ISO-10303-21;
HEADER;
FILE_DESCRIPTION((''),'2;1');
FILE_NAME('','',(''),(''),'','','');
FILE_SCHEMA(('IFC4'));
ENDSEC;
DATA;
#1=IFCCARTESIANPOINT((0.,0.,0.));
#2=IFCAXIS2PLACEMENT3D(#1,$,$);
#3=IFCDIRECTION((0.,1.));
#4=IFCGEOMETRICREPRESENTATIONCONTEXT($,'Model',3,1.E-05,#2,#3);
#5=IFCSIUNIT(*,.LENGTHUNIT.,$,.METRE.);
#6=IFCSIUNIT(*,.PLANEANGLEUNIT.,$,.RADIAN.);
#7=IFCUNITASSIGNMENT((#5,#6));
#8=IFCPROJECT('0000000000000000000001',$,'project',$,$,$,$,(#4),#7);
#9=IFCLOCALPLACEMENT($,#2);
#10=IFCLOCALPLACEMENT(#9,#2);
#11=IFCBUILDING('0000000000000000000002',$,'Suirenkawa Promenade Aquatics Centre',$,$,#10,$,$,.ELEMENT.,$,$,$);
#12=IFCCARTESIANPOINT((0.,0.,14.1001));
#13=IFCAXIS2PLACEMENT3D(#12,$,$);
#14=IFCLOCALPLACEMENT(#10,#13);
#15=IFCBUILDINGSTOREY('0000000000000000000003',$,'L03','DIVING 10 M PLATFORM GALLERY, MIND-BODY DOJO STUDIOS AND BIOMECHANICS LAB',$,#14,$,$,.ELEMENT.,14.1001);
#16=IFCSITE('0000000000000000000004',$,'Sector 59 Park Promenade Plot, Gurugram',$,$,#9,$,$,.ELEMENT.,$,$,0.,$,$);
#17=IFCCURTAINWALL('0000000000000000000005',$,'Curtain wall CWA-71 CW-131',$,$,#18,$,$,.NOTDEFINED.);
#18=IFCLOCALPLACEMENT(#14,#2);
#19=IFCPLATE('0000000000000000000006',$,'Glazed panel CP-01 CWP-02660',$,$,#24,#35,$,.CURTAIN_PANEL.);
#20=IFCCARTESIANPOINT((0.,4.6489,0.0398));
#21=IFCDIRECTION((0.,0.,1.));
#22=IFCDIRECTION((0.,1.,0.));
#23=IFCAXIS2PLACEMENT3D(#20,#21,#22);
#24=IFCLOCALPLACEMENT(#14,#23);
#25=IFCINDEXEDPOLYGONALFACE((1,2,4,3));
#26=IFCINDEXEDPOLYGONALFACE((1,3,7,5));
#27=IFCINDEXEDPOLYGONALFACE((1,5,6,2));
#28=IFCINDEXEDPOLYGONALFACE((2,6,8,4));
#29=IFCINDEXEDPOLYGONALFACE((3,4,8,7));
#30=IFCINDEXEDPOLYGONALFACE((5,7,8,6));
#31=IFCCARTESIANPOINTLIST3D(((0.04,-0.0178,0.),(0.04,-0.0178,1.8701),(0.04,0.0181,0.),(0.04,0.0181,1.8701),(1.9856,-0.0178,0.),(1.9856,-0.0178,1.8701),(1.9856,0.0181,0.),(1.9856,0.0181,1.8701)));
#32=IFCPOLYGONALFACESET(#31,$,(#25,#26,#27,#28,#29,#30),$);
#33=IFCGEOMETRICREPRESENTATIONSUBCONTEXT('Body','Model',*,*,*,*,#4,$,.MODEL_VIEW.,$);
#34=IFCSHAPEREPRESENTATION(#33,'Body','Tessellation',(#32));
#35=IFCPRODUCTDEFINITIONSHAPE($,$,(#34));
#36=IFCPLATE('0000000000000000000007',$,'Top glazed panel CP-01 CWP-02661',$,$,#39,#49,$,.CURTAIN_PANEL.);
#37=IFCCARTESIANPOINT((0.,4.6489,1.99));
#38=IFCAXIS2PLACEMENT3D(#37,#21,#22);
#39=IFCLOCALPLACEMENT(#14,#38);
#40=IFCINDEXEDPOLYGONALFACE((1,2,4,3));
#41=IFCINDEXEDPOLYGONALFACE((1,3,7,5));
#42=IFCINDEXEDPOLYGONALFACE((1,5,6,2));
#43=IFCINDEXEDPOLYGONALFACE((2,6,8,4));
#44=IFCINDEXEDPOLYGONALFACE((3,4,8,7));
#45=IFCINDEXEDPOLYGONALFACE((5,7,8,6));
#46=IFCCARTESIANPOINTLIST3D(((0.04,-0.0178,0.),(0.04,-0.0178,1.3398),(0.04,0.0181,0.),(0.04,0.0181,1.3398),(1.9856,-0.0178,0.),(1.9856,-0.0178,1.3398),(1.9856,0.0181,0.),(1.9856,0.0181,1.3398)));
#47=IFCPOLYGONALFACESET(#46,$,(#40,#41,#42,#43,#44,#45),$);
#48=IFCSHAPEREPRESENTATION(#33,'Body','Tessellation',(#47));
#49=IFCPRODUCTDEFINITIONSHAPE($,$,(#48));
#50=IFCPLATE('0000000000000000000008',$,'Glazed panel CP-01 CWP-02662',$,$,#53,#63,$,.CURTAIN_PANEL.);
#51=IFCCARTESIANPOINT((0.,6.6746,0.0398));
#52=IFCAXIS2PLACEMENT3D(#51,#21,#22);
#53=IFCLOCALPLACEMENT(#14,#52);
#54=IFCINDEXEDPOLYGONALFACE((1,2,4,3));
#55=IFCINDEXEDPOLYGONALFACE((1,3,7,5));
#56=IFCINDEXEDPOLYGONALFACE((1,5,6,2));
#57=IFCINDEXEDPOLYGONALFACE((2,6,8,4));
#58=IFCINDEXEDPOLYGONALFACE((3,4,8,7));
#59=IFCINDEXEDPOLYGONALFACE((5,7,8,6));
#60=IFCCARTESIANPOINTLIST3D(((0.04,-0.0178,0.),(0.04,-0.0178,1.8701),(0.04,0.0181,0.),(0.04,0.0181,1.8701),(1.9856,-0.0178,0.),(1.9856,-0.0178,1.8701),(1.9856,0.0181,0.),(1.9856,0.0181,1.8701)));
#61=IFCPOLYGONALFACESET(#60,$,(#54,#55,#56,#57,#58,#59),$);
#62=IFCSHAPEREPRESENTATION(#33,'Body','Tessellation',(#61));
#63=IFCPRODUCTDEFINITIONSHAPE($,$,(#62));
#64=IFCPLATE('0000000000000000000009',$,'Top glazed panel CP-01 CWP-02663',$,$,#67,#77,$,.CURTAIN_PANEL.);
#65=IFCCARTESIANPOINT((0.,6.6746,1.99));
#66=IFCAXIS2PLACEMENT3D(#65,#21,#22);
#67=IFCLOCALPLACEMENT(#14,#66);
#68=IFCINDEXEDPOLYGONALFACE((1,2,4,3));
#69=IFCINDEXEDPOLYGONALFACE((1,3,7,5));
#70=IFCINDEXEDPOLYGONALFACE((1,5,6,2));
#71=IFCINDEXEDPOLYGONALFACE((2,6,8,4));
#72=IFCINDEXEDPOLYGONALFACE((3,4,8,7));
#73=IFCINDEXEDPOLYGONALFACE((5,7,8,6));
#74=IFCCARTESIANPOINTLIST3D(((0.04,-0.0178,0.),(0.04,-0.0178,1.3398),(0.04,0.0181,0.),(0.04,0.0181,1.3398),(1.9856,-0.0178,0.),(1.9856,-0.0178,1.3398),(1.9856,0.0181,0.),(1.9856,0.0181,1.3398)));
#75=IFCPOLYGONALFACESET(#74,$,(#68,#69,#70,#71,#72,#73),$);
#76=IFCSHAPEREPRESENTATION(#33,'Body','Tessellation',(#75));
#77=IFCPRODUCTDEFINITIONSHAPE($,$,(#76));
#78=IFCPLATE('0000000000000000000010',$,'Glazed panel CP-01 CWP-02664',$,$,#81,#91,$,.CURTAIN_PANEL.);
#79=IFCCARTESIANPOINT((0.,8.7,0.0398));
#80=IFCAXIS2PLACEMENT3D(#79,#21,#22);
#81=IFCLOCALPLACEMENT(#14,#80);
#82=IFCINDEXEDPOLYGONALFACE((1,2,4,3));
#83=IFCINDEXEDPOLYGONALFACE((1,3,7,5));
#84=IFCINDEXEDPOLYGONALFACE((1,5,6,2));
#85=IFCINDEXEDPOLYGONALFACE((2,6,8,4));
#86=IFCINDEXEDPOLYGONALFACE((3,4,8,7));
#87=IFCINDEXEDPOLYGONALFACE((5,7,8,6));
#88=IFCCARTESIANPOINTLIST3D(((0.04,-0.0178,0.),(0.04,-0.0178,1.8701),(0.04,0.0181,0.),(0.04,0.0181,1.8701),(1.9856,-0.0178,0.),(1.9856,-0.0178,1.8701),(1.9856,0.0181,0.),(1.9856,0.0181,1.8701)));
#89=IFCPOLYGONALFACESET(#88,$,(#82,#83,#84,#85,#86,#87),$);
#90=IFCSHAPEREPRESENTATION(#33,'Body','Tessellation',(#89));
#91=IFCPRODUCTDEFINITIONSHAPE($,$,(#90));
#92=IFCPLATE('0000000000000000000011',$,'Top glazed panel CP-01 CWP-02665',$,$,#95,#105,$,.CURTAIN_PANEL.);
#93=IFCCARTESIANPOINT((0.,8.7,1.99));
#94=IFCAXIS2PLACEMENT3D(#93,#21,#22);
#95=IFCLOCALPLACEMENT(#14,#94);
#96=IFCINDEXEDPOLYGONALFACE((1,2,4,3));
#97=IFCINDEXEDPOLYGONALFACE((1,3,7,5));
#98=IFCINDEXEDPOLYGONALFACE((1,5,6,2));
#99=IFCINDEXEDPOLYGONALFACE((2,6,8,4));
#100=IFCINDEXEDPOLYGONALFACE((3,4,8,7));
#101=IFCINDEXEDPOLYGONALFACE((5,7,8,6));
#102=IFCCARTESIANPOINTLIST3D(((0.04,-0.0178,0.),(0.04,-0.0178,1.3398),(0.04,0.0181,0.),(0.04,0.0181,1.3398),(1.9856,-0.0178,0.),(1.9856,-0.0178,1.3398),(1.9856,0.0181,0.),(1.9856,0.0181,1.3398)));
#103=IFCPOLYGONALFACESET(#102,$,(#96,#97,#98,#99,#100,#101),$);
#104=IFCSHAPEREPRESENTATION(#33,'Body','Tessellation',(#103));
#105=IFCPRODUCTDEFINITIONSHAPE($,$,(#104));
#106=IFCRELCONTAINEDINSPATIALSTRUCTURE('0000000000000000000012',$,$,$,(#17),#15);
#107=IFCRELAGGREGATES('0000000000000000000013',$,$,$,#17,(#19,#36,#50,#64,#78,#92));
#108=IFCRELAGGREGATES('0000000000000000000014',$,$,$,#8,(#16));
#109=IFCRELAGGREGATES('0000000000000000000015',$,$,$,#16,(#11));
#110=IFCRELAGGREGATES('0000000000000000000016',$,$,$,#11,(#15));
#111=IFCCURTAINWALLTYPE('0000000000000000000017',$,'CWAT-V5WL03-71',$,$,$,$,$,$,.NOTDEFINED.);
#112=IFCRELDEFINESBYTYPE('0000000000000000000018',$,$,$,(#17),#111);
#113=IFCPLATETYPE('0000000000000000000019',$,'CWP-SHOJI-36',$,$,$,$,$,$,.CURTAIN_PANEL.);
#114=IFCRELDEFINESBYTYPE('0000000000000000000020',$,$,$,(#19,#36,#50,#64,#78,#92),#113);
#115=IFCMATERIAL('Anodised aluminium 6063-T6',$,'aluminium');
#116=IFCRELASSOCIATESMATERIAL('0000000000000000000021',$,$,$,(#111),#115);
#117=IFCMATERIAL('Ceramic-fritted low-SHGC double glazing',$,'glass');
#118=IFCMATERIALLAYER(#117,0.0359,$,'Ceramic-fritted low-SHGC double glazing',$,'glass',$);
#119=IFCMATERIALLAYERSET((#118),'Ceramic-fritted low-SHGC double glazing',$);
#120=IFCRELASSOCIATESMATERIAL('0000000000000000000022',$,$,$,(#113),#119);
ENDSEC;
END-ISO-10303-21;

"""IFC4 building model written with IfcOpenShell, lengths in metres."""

from ifc_helpers import new_model, si_unit, direction, frame, origin, place, context, subcontext, project, spatial, polyline, outline, extrude, material, layer, layer_set, type_object, element, aggregate, save


model = new_model("IFC4")

# Units and contexts
model_context = context("Model", 3, precision=1e-05, world=origin(), true_north=direction((0.0, 1.0)))
body_context = subcontext(model_context, "Body", "Model", "MODEL_VIEW")
ifc_project = project(units=[si_unit("LENGTHUNIT", "METRE"), si_unit("PLANEANGLEUNIT", "RADIAN")], contexts=[model_context])

# Site, building, storey
site_placement = place(None, origin())
site = spatial("IfcSite", under=ifc_project, at=site_placement, Name="Sector 59 Park Promenade Plot, Gurugram", CompositionType="ELEMENT", RefElevation=0.0)
building_placement = place(site_placement, origin())
building = spatial("IfcBuilding", under=site, at=building_placement, Name="Suirenkawa Promenade Aquatics Centre", CompositionType="ELEMENT")
storey_placement = place(building_placement, frame((0.0, 0.0, 14.1001)))
storey = spatial("IfcBuildingStorey", under=building, at=storey_placement, Name="L03", Description="DIVING 10 M PLATFORM GALLERY, MIND-BODY DOJO STUDIOS AND BIOMECHANICS LAB", CompositionType="ELEMENT", Elevation=14.1001)

# Curtain wall, plates
ifc_material_1 = material(Name="Anodised aluminium 6063-T6", Category="aluminium")
curtain_wall_type = type_object("IfcCurtainWallType", Name="CWAT-V5WL03-71", PredefinedType="NOTDEFINED", material=ifc_material_1)
curtain_wall_placement = place(storey_placement, origin())
curtain_wall = element("IfcCurtainWall", 1, at=curtain_wall_placement, inside=storey, type_object=curtain_wall_type, Name="Curtain wall CWA-71 CW-131", PredefinedType="NOTDEFINED")
ifc_material_2 = material(Name="Ceramic-fritted low-SHGC double glazing", Category="glass")
ifc_layer_1 = layer(ifc_material_2, 0.0359, Name="Ceramic-fritted low-SHGC double glazing", Category="glass")
ifc_layer_set_1 = layer_set([ifc_layer_1], Name="Ceramic-fritted low-SHGC double glazing")
plate_type = type_object("IfcPlateType", Name="CWP-SHOJI-36", PredefinedType="CURTAIN_PANEL", material=ifc_layer_set_1)
plate_1_placement = place(storey_placement, frame((0.0, 4.6489, 0.0398), z_axis=(0.0, 0.0, 1.0), x_axis=(0.0, 1.0, 0.0)))
plate_1 = element("IfcPlate", 2, at=plate_1_placement, type_object=plate_type, Name="Glazed panel CP-01 CWP-02660", PredefinedType="CURTAIN_PANEL", context=body_context, shape_type="SweptSolid", body=[
    extrude(outline(polyline([(0.04, 0.0), (1.9856, 0.0), (1.9856, 1.8701), (0.04, 1.8701), (0.04, 0.0)])), frame((0.0, 0.0181, 0.0), z_axis=(0.0, -1.0, 0.0), x_axis=(1.0, 0.0, 0.0)), (0.0, 0.0, 1.0), 0.0359),
])
plate_2_placement = place(storey_placement, frame((0.0, 4.6489, 1.99), z_axis=(0.0, 0.0, 1.0), x_axis=(0.0, 1.0, 0.0)))
plate_2 = element("IfcPlate", 3, at=plate_2_placement, type_object=plate_type, Name="Top glazed panel CP-01 CWP-02661", PredefinedType="CURTAIN_PANEL", context=body_context, shape_type="SweptSolid", body=[
    extrude(outline(polyline([(0.04, 0.0), (1.9856, 0.0), (1.9856, 1.3398), (0.04, 1.3398), (0.04, 0.0)])), frame((0.0, 0.0181, 0.0), z_axis=(0.0, -1.0, 0.0), x_axis=(1.0, 0.0, 0.0)), (0.0, 0.0, 1.0), 0.0359),
])
plate_3_placement = place(storey_placement, frame((0.0, 6.6746, 0.0398), z_axis=(0.0, 0.0, 1.0), x_axis=(0.0, 1.0, 0.0)))
plate_3 = element("IfcPlate", 4, at=plate_3_placement, type_object=plate_type, Name="Glazed panel CP-01 CWP-02662", PredefinedType="CURTAIN_PANEL", context=body_context, shape_type="SweptSolid", body=[
    extrude(outline(polyline([(0.04, 0.0), (1.9856, 0.0), (1.9856, 1.8701), (0.04, 1.8701), (0.04, 0.0)])), frame((0.0, 0.0181, 0.0), z_axis=(0.0, -1.0, 0.0), x_axis=(1.0, 0.0, 0.0)), (0.0, 0.0, 1.0), 0.0359),
])
plate_4_placement = place(storey_placement, frame((0.0, 6.6746, 1.99), z_axis=(0.0, 0.0, 1.0), x_axis=(0.0, 1.0, 0.0)))
plate_4 = element("IfcPlate", 5, at=plate_4_placement, type_object=plate_type, Name="Top glazed panel CP-01 CWP-02663", PredefinedType="CURTAIN_PANEL", context=body_context, shape_type="SweptSolid", body=[
    extrude(outline(polyline([(0.04, 0.0), (1.9856, 0.0), (1.9856, 1.3398), (0.04, 1.3398), (0.04, 0.0)])), frame((0.0, 0.0181, 0.0), z_axis=(0.0, -1.0, 0.0), x_axis=(1.0, 0.0, 0.0)), (0.0, 0.0, 1.0), 0.0359),
])
plate_5_placement = place(storey_placement, frame((0.0, 8.7, 0.0398), z_axis=(0.0, 0.0, 1.0), x_axis=(0.0, 1.0, 0.0)))
plate_5 = element("IfcPlate", 6, at=plate_5_placement, type_object=plate_type, Name="Glazed panel CP-01 CWP-02664", PredefinedType="CURTAIN_PANEL", context=body_context, shape_type="SweptSolid", body=[
    extrude(outline(polyline([(0.04, 0.0), (1.9856, 0.0), (1.9856, 1.8701), (0.04, 1.8701), (0.04, 0.0)])), frame((0.0, 0.0181, 0.0), z_axis=(0.0, -1.0, 0.0), x_axis=(1.0, 0.0, 0.0)), (0.0, 0.0, 1.0), 0.0359),
])
plate_6_placement = place(storey_placement, frame((0.0, 8.7, 1.99), z_axis=(0.0, 0.0, 1.0), x_axis=(0.0, 1.0, 0.0)))
plate_6 = element("IfcPlate", 7, at=plate_6_placement, type_object=plate_type, Name="Top glazed panel CP-01 CWP-02665", PredefinedType="CURTAIN_PANEL", context=body_context, shape_type="SweptSolid", body=[
    extrude(outline(polyline([(0.04, 0.0), (1.9856, 0.0), (1.9856, 1.3398), (0.04, 1.3398), (0.04, 0.0)])), frame((0.0, 0.0181, 0.0), z_axis=(0.0, -1.0, 0.0), x_axis=(1.0, 0.0, 0.0)), (0.0, 0.0, 1.0), 0.0359),
])
aggregate(curtain_wall, [plate_1, plate_2, plate_3, plate_4, plate_5, plate_6])

save(model, "model.ifc")
